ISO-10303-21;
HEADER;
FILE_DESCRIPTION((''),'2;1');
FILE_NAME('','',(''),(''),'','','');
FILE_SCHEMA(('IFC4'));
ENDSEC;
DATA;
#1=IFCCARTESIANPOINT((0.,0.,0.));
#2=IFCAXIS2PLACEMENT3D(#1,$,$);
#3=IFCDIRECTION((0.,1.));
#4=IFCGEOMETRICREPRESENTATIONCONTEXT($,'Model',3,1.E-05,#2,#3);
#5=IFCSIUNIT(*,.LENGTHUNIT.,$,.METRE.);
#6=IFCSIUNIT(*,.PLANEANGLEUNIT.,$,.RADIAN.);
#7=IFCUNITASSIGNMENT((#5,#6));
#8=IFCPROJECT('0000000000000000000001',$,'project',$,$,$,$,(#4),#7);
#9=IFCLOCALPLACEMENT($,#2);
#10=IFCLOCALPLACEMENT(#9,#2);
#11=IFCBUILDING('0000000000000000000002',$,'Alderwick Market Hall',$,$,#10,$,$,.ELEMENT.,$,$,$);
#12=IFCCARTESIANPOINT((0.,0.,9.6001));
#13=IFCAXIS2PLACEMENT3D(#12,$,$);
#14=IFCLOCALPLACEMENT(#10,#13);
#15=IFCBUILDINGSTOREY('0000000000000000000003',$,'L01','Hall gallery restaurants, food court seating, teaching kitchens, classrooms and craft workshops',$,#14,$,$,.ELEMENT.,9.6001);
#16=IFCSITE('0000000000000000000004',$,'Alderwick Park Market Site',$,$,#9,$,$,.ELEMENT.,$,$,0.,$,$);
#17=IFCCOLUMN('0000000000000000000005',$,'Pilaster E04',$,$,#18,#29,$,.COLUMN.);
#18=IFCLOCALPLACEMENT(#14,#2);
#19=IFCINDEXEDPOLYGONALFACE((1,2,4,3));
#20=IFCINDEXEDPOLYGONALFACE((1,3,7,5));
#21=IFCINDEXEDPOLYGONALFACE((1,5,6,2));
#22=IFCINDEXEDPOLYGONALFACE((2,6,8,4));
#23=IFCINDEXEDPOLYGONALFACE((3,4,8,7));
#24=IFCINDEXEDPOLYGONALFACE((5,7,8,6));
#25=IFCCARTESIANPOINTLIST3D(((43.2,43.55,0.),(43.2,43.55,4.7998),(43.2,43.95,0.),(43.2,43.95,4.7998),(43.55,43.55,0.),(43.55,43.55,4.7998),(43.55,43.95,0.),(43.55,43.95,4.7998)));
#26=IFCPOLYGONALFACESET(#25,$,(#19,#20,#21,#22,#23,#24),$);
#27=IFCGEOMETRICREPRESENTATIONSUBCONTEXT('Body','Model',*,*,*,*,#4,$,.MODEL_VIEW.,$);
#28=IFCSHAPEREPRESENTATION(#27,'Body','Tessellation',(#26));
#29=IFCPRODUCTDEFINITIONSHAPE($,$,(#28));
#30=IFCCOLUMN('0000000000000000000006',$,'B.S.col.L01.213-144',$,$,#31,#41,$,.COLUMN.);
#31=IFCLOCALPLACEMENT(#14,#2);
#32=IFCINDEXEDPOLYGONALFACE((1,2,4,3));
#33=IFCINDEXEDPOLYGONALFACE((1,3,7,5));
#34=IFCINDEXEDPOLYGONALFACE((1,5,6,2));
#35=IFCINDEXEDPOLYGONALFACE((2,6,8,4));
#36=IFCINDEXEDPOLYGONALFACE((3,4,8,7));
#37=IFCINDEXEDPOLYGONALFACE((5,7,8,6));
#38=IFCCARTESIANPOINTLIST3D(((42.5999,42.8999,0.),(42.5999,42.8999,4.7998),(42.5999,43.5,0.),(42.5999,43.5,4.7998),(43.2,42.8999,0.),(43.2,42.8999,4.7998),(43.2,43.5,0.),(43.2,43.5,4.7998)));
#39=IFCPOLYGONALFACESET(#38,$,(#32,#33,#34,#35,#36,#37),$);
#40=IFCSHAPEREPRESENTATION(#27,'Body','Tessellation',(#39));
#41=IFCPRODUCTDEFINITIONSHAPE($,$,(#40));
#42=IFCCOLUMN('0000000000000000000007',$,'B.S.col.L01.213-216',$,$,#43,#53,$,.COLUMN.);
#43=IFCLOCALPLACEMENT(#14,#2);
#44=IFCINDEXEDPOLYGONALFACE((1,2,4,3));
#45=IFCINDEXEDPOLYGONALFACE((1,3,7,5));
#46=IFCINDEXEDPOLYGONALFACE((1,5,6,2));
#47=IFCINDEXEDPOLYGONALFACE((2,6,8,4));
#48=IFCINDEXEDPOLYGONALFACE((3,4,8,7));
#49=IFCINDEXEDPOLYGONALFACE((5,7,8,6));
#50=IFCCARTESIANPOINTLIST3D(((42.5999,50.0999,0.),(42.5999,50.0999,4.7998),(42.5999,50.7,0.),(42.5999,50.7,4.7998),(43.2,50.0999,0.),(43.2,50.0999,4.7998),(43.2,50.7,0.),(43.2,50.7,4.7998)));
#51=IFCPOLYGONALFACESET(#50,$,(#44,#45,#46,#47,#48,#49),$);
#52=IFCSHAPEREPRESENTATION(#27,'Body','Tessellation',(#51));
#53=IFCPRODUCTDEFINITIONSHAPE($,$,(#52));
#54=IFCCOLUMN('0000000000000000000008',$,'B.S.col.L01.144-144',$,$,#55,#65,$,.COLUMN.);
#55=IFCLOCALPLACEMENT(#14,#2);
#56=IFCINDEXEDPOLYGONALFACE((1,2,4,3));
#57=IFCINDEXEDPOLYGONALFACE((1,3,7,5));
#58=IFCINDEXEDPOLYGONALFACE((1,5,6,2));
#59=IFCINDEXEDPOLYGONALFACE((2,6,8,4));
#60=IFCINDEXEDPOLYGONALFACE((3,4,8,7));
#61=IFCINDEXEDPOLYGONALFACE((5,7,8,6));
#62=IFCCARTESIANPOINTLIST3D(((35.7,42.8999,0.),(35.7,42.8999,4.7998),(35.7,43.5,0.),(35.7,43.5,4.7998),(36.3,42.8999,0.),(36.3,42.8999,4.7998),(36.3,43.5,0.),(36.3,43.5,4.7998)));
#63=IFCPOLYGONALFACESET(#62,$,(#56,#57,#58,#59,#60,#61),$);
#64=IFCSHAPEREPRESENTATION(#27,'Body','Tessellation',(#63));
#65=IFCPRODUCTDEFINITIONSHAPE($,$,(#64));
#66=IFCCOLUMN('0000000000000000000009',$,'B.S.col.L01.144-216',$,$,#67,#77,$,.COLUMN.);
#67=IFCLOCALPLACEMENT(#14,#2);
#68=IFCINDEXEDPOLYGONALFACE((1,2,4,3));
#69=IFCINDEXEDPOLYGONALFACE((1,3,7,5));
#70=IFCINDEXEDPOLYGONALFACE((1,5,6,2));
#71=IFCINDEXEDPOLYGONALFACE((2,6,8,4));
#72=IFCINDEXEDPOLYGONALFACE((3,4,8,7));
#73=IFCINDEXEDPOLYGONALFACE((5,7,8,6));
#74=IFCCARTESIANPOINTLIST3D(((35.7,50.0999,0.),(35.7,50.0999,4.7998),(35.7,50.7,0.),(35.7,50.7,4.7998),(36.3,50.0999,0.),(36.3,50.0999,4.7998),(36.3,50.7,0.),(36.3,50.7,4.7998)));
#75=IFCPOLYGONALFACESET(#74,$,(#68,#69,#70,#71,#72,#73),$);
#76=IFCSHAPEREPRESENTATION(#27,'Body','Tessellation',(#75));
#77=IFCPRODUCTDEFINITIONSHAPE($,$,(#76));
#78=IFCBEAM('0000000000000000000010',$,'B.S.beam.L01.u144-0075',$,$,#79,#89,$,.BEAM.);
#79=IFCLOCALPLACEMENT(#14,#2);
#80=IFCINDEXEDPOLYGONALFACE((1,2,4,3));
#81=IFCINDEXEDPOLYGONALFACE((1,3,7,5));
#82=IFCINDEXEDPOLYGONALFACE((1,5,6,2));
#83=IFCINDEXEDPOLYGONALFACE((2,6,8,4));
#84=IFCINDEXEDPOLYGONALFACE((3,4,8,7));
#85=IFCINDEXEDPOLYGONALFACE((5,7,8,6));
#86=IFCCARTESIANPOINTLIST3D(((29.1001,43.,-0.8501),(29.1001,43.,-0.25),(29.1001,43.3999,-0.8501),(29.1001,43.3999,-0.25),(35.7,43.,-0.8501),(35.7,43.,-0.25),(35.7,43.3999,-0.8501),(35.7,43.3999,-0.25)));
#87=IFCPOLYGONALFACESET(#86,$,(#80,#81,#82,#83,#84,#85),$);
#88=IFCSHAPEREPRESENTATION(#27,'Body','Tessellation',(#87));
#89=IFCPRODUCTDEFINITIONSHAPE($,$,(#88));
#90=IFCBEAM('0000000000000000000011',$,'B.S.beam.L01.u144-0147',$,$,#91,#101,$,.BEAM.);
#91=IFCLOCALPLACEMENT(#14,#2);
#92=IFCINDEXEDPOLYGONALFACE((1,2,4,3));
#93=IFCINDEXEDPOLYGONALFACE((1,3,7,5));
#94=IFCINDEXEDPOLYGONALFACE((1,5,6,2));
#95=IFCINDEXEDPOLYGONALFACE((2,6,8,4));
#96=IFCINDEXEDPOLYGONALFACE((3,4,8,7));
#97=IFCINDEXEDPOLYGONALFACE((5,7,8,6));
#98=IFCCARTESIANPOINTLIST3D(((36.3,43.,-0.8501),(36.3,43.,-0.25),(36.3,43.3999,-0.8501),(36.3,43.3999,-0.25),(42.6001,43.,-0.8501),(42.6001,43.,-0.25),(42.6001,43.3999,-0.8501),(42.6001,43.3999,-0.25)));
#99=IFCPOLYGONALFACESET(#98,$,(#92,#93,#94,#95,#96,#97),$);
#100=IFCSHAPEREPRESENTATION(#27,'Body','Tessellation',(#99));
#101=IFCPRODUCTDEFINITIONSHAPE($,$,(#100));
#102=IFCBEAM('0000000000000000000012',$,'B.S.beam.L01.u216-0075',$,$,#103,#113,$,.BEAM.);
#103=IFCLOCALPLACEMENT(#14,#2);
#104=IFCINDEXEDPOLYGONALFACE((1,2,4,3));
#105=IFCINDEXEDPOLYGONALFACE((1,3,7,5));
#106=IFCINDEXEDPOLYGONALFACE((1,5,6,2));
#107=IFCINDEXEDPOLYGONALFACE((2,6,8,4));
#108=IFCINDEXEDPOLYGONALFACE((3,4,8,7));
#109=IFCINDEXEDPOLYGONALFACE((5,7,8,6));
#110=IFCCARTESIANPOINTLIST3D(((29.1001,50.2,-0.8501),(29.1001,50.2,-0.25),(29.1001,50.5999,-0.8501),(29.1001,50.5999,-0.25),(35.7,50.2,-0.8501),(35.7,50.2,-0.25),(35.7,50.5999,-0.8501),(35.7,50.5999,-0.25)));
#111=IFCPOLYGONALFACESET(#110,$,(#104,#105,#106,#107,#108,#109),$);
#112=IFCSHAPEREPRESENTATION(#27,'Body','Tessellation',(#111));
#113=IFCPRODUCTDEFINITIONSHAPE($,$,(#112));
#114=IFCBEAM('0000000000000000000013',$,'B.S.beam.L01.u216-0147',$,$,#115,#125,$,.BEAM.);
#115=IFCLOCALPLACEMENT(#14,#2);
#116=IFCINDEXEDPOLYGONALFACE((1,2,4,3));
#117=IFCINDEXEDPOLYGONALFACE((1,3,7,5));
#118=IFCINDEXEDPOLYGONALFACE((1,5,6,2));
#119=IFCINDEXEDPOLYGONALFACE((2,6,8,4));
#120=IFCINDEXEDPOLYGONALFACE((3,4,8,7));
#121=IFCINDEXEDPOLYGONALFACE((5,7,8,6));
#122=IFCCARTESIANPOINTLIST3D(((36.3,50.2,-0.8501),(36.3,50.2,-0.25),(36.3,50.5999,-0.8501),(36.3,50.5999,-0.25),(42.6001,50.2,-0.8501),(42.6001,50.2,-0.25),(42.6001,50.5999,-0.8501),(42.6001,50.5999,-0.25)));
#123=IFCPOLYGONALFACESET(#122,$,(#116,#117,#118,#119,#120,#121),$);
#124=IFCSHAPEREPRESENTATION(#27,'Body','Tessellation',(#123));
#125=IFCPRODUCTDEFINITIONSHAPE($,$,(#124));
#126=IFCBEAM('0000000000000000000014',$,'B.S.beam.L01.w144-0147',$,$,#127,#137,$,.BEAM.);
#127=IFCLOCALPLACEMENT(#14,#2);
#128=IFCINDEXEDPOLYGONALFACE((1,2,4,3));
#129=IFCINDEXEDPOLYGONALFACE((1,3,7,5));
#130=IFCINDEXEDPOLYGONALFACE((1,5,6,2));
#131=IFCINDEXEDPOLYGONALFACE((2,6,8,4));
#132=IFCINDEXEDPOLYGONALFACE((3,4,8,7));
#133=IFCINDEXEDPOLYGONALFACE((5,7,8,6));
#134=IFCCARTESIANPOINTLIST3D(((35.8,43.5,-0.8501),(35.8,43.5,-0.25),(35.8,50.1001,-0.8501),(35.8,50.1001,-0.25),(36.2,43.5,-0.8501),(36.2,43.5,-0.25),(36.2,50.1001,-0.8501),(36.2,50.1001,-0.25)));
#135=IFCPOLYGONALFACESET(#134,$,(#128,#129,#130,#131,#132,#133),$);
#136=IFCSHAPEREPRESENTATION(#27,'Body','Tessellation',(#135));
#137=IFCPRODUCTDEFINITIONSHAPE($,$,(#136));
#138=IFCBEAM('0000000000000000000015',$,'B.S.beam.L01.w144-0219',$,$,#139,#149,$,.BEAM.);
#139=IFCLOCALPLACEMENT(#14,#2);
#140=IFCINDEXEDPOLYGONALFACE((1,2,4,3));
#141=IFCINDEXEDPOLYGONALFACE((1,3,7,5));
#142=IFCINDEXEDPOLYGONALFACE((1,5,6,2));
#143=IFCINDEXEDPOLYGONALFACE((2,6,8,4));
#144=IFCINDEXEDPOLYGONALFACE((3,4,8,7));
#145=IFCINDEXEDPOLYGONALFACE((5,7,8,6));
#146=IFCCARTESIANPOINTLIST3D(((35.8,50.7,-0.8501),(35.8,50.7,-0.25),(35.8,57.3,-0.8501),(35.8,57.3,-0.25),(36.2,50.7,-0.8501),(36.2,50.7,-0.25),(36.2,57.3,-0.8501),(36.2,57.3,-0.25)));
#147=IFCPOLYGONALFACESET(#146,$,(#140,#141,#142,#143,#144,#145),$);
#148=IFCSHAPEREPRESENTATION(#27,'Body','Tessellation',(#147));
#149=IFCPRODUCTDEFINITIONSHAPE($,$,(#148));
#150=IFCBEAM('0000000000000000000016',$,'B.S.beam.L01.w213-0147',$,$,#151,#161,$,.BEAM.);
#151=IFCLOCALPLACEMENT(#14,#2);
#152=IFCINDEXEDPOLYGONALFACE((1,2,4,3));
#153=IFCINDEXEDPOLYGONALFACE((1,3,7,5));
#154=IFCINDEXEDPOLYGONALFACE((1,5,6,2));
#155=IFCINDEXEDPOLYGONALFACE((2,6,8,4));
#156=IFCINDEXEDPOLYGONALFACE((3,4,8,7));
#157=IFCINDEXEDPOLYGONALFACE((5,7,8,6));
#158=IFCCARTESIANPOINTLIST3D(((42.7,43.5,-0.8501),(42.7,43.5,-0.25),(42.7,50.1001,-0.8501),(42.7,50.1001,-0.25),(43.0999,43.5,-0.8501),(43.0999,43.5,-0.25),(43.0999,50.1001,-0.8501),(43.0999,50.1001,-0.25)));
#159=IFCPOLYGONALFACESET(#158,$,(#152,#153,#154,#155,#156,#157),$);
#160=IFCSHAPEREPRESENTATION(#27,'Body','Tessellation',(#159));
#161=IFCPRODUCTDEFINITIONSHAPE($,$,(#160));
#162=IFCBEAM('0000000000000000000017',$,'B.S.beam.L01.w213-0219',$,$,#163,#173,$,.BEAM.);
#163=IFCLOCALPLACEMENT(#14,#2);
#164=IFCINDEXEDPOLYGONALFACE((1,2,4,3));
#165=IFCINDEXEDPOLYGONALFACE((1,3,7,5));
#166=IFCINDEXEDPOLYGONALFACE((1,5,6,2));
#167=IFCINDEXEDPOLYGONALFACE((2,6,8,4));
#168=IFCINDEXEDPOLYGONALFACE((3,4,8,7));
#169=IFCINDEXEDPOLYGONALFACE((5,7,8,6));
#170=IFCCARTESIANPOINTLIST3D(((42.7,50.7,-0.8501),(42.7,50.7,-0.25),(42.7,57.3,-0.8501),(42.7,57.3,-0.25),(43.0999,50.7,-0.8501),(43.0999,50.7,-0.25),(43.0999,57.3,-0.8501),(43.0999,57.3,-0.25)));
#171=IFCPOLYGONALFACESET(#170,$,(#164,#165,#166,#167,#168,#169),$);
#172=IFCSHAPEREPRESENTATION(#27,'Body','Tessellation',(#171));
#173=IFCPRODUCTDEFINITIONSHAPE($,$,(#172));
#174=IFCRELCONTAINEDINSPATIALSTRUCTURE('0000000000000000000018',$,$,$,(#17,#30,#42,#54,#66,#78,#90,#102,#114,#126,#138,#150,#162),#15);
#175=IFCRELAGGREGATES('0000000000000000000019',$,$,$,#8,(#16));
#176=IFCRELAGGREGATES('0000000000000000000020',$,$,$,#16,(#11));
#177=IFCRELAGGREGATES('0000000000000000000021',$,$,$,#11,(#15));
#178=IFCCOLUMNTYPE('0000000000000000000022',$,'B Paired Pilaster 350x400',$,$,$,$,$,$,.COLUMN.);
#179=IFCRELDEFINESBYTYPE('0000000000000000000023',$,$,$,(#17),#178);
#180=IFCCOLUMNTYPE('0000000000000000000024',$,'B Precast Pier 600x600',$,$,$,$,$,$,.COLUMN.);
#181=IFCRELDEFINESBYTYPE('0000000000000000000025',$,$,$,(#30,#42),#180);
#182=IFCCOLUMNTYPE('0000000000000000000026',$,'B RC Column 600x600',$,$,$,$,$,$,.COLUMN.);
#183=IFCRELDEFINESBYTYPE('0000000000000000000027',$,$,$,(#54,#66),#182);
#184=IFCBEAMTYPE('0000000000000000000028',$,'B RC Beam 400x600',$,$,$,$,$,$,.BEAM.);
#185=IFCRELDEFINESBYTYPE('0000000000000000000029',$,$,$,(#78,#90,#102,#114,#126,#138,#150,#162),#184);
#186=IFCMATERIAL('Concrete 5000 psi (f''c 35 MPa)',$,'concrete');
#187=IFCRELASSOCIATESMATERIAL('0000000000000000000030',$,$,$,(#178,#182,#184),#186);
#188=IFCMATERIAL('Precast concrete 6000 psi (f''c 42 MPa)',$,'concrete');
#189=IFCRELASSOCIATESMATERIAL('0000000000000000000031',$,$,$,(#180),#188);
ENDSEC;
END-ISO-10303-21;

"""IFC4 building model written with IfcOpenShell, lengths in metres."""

from ifc_helpers import new_model, si_unit, direction, frame, origin, origin_2d, place, context, subcontext, project, spatial, rectangle, extrude, material, material_profile, profile_set, type_object, element, save


model = new_model("IFC4")

# Units and contexts
model_context = context("Model", 3, precision=1e-05, world=origin(), true_north=direction((0.0, 1.0)))
body_context = subcontext(model_context, "Body", "Model", "MODEL_VIEW")
ifc_project = project(units=[si_unit("LENGTHUNIT", "METRE"), si_unit("PLANEANGLEUNIT", "RADIAN")], contexts=[model_context])

# Site, building, storey
site_placement = place(None, origin())
site = spatial("IfcSite", under=ifc_project, at=site_placement, Name="Alderwick Park Market Site", CompositionType="ELEMENT", RefElevation=0.0)
building_placement = place(site_placement, origin())
building = spatial("IfcBuilding", under=site, at=building_placement, Name="Alderwick Market Hall", CompositionType="ELEMENT")
storey_placement = place(building_placement, frame((0.0, 0.0, 9.6001)))
storey = spatial("IfcBuildingStorey", under=building, at=storey_placement, Name="L01", Description="Hall gallery restaurants, food court seating, teaching kitchens, classrooms and craft workshops", CompositionType="ELEMENT", Elevation=9.6001)

# Columns
ifc_material_1 = material(Name="Concrete 5000 psi (f'c 35 MPa)", Category="concrete")
ifc_material_profile_1 = material_profile(ifc_material_1, rectangle(XDim=0.3501, YDim=0.3999, at=origin_2d()), Name="B Paired Pilaster 350x400")
ifc_profile_set_1 = profile_set([ifc_material_profile_1], Name="Concrete 5000 psi (f'c 35 MPa)")
column_type_1 = type_object("IfcColumnType", Name="B Paired Pilaster 350x400", PredefinedType="COLUMN", material=ifc_profile_set_1)
column_placement = place(storey_placement, frame((43.375, 43.75, 0.0), z_axis=(0.0, 0.0, 1.0), x_axis=(1.0, 0.0, 0.0)))
element("IfcColumn", 1, at=column_placement, inside=storey, type_object=column_type_1, Name="Pilaster E04", PredefinedType="COLUMN", context=body_context, shape_type="SweptSolid", body=[
    extrude(rectangle(XDim=0.3501, YDim=0.3999, at=origin_2d()), origin(), (0.0, 0.0, 1.0), 4.7998),
])
ifc_material_2 = material(Name="Precast concrete 6000 psi (f'c 42 MPa)", Category="concrete")
ifc_material_profile_2 = material_profile(ifc_material_2, rectangle(XDim=0.6001, YDim=0.6001, at=origin_2d()), Name="B Precast Pier 600x600")
ifc_profile_set_2 = profile_set([ifc_material_profile_2], Name="Precast concrete 6000 psi (f'c 42 MPa)")
column_type_2 = type_object("IfcColumnType", Name="B Precast Pier 600x600", PredefinedType="COLUMN", material=ifc_profile_set_2)
for number, where, z_axis, x_axis, name in (
    (2, (42.8999, 43.2, 0.0), (0.0, 0.0, 1.0), (1.0, 0.0, 0.0), "B.S.col.L01.213-144"),
    (3, (42.8999, 50.3999, 0.0), (0.0, 0.0, 1.0), (1.0, 0.0, 0.0), "B.S.col.L01.213-216"),
):
    element("IfcColumn", number, at=place(storey_placement, frame(where, z_axis=z_axis, x_axis=x_axis)), inside=storey, type_object=column_type_2, Name=name, PredefinedType="COLUMN", context=body_context, shape_type="SweptSolid", body=[
        extrude(rectangle(XDim=0.6001, YDim=0.6001, at=origin_2d()), origin(), (0.0, 0.0, 1.0), 4.7998),
    ])
ifc_material_profile_3 = material_profile(ifc_material_1, rectangle(XDim=0.6001, YDim=0.6001, at=origin_2d()), Name="B RC Column 600x600")
ifc_profile_set_3 = profile_set([ifc_material_profile_3], Name="Concrete 5000 psi (f'c 35 MPa)")
column_type_3 = type_object("IfcColumnType", Name="B RC Column 600x600", PredefinedType="COLUMN", material=ifc_profile_set_3)
for number, where, z_axis, x_axis, name in (
    (4, (36.0, 43.2, 0.0), (0.0, 0.0, 1.0), (1.0, 0.0, 0.0), "B.S.col.L01.144-144"),
    (5, (36.0, 50.3999, 0.0), (0.0, 0.0, 1.0), (1.0, 0.0, 0.0), "B.S.col.L01.144-216"),
):
    element("IfcColumn", number, at=place(storey_placement, frame(where, z_axis=z_axis, x_axis=x_axis)), inside=storey, type_object=column_type_3, Name=name, PredefinedType="COLUMN", context=body_context, shape_type="SweptSolid", body=[
        extrude(rectangle(XDim=0.6001, YDim=0.6001, at=origin_2d()), origin(), (0.0, 0.0, 1.0), 4.7998),
    ])

# Beams
ifc_material_profile_4 = material_profile(ifc_material_1, rectangle(XDim=0.3999, YDim=0.6001, at=origin_2d()), Name="B RC Beam 400x600")
ifc_profile_set_4 = profile_set([ifc_material_profile_4], Name="Concrete 5000 psi (f'c 35 MPa)")
beam_type = type_object("IfcBeamType", Name="B RC Beam 400x600", PredefinedType="BEAM", material=ifc_profile_set_4)
beam_1_placement = place(storey_placement, frame((29.1001, 43.2, -0.55), z_axis=(1.0, 0.0, 0.0), x_axis=(0.0, 1.0, 0.0)))
element("IfcBeam", 6, at=beam_1_placement, inside=storey, type_object=beam_type, Name="B.S.beam.L01.u144-0075", PredefinedType="BEAM", context=body_context, shape_type="SweptSolid", body=[
    extrude(rectangle(XDim=0.3999, YDim=0.6001, at=origin_2d()), origin(), (0.0, 0.0, 1.0), 6.5999),
])
beam_2_placement = place(storey_placement, frame((36.3, 43.2, -0.55), z_axis=(1.0, 0.0, 0.0), x_axis=(0.0, 1.0, 0.0)))
element("IfcBeam", 7, at=beam_2_placement, inside=storey, type_object=beam_type, Name="B.S.beam.L01.u144-0147", PredefinedType="BEAM", context=body_context, shape_type="SweptSolid", body=[
    extrude(rectangle(XDim=0.3999, YDim=0.6001, at=origin_2d()), origin(), (0.0, 0.0, 1.0), 6.3),
])
beam_3_placement = place(storey_placement, frame((29.1001, 50.3999, -0.55), z_axis=(1.0, 0.0, 0.0), x_axis=(0.0, 1.0, 0.0)))
element("IfcBeam", 8, at=beam_3_placement, inside=storey, type_object=beam_type, Name="B.S.beam.L01.u216-0075", PredefinedType="BEAM", context=body_context, shape_type="SweptSolid", body=[
    extrude(rectangle(XDim=0.3999, YDim=0.6001, at=origin_2d()), origin(), (0.0, 0.0, 1.0), 6.5999),
])
beam_4_placement = place(storey_placement, frame((36.3, 50.3999, -0.55), z_axis=(1.0, 0.0, 0.0), x_axis=(0.0, 1.0, 0.0)))
element("IfcBeam", 9, at=beam_4_placement, inside=storey, type_object=beam_type, Name="B.S.beam.L01.u216-0147", PredefinedType="BEAM", context=body_context, shape_type="SweptSolid", body=[
    extrude(rectangle(XDim=0.3999, YDim=0.6001, at=origin_2d()), origin(), (0.0, 0.0, 1.0), 6.3),
])
for number, where, z_axis, x_axis, name in (
    (10, (36.0, 43.5, -0.55), (0.0, 1.0, 0.0), (-1.0, 0.0, 0.0), "B.S.beam.L01.w144-0147"),
    (11, (36.0, 50.7, -0.55), (0.0, 1.0, 0.0), (-1.0, 0.0, 0.0), "B.S.beam.L01.w144-0219"),
    (12, (42.8999, 43.5, -0.55), (0.0, 1.0, 0.0), (-1.0, 0.0, 0.0), "B.S.beam.L01.w213-0147"),
    (13, (42.8999, 50.7, -0.55), (0.0, 1.0, 0.0), (-1.0, 0.0, 0.0), "B.S.beam.L01.w213-0219"),
):
    element("IfcBeam", number, at=place(storey_placement, frame(where, z_axis=z_axis, x_axis=x_axis)), inside=storey, type_object=beam_type, Name=name, PredefinedType="BEAM", context=body_context, shape_type="SweptSolid", body=[
        extrude(rectangle(XDim=0.3999, YDim=0.6001, at=origin_2d()), origin(), (0.0, 0.0, 1.0), 6.6001),
    ])

save(model, "model.ifc")
